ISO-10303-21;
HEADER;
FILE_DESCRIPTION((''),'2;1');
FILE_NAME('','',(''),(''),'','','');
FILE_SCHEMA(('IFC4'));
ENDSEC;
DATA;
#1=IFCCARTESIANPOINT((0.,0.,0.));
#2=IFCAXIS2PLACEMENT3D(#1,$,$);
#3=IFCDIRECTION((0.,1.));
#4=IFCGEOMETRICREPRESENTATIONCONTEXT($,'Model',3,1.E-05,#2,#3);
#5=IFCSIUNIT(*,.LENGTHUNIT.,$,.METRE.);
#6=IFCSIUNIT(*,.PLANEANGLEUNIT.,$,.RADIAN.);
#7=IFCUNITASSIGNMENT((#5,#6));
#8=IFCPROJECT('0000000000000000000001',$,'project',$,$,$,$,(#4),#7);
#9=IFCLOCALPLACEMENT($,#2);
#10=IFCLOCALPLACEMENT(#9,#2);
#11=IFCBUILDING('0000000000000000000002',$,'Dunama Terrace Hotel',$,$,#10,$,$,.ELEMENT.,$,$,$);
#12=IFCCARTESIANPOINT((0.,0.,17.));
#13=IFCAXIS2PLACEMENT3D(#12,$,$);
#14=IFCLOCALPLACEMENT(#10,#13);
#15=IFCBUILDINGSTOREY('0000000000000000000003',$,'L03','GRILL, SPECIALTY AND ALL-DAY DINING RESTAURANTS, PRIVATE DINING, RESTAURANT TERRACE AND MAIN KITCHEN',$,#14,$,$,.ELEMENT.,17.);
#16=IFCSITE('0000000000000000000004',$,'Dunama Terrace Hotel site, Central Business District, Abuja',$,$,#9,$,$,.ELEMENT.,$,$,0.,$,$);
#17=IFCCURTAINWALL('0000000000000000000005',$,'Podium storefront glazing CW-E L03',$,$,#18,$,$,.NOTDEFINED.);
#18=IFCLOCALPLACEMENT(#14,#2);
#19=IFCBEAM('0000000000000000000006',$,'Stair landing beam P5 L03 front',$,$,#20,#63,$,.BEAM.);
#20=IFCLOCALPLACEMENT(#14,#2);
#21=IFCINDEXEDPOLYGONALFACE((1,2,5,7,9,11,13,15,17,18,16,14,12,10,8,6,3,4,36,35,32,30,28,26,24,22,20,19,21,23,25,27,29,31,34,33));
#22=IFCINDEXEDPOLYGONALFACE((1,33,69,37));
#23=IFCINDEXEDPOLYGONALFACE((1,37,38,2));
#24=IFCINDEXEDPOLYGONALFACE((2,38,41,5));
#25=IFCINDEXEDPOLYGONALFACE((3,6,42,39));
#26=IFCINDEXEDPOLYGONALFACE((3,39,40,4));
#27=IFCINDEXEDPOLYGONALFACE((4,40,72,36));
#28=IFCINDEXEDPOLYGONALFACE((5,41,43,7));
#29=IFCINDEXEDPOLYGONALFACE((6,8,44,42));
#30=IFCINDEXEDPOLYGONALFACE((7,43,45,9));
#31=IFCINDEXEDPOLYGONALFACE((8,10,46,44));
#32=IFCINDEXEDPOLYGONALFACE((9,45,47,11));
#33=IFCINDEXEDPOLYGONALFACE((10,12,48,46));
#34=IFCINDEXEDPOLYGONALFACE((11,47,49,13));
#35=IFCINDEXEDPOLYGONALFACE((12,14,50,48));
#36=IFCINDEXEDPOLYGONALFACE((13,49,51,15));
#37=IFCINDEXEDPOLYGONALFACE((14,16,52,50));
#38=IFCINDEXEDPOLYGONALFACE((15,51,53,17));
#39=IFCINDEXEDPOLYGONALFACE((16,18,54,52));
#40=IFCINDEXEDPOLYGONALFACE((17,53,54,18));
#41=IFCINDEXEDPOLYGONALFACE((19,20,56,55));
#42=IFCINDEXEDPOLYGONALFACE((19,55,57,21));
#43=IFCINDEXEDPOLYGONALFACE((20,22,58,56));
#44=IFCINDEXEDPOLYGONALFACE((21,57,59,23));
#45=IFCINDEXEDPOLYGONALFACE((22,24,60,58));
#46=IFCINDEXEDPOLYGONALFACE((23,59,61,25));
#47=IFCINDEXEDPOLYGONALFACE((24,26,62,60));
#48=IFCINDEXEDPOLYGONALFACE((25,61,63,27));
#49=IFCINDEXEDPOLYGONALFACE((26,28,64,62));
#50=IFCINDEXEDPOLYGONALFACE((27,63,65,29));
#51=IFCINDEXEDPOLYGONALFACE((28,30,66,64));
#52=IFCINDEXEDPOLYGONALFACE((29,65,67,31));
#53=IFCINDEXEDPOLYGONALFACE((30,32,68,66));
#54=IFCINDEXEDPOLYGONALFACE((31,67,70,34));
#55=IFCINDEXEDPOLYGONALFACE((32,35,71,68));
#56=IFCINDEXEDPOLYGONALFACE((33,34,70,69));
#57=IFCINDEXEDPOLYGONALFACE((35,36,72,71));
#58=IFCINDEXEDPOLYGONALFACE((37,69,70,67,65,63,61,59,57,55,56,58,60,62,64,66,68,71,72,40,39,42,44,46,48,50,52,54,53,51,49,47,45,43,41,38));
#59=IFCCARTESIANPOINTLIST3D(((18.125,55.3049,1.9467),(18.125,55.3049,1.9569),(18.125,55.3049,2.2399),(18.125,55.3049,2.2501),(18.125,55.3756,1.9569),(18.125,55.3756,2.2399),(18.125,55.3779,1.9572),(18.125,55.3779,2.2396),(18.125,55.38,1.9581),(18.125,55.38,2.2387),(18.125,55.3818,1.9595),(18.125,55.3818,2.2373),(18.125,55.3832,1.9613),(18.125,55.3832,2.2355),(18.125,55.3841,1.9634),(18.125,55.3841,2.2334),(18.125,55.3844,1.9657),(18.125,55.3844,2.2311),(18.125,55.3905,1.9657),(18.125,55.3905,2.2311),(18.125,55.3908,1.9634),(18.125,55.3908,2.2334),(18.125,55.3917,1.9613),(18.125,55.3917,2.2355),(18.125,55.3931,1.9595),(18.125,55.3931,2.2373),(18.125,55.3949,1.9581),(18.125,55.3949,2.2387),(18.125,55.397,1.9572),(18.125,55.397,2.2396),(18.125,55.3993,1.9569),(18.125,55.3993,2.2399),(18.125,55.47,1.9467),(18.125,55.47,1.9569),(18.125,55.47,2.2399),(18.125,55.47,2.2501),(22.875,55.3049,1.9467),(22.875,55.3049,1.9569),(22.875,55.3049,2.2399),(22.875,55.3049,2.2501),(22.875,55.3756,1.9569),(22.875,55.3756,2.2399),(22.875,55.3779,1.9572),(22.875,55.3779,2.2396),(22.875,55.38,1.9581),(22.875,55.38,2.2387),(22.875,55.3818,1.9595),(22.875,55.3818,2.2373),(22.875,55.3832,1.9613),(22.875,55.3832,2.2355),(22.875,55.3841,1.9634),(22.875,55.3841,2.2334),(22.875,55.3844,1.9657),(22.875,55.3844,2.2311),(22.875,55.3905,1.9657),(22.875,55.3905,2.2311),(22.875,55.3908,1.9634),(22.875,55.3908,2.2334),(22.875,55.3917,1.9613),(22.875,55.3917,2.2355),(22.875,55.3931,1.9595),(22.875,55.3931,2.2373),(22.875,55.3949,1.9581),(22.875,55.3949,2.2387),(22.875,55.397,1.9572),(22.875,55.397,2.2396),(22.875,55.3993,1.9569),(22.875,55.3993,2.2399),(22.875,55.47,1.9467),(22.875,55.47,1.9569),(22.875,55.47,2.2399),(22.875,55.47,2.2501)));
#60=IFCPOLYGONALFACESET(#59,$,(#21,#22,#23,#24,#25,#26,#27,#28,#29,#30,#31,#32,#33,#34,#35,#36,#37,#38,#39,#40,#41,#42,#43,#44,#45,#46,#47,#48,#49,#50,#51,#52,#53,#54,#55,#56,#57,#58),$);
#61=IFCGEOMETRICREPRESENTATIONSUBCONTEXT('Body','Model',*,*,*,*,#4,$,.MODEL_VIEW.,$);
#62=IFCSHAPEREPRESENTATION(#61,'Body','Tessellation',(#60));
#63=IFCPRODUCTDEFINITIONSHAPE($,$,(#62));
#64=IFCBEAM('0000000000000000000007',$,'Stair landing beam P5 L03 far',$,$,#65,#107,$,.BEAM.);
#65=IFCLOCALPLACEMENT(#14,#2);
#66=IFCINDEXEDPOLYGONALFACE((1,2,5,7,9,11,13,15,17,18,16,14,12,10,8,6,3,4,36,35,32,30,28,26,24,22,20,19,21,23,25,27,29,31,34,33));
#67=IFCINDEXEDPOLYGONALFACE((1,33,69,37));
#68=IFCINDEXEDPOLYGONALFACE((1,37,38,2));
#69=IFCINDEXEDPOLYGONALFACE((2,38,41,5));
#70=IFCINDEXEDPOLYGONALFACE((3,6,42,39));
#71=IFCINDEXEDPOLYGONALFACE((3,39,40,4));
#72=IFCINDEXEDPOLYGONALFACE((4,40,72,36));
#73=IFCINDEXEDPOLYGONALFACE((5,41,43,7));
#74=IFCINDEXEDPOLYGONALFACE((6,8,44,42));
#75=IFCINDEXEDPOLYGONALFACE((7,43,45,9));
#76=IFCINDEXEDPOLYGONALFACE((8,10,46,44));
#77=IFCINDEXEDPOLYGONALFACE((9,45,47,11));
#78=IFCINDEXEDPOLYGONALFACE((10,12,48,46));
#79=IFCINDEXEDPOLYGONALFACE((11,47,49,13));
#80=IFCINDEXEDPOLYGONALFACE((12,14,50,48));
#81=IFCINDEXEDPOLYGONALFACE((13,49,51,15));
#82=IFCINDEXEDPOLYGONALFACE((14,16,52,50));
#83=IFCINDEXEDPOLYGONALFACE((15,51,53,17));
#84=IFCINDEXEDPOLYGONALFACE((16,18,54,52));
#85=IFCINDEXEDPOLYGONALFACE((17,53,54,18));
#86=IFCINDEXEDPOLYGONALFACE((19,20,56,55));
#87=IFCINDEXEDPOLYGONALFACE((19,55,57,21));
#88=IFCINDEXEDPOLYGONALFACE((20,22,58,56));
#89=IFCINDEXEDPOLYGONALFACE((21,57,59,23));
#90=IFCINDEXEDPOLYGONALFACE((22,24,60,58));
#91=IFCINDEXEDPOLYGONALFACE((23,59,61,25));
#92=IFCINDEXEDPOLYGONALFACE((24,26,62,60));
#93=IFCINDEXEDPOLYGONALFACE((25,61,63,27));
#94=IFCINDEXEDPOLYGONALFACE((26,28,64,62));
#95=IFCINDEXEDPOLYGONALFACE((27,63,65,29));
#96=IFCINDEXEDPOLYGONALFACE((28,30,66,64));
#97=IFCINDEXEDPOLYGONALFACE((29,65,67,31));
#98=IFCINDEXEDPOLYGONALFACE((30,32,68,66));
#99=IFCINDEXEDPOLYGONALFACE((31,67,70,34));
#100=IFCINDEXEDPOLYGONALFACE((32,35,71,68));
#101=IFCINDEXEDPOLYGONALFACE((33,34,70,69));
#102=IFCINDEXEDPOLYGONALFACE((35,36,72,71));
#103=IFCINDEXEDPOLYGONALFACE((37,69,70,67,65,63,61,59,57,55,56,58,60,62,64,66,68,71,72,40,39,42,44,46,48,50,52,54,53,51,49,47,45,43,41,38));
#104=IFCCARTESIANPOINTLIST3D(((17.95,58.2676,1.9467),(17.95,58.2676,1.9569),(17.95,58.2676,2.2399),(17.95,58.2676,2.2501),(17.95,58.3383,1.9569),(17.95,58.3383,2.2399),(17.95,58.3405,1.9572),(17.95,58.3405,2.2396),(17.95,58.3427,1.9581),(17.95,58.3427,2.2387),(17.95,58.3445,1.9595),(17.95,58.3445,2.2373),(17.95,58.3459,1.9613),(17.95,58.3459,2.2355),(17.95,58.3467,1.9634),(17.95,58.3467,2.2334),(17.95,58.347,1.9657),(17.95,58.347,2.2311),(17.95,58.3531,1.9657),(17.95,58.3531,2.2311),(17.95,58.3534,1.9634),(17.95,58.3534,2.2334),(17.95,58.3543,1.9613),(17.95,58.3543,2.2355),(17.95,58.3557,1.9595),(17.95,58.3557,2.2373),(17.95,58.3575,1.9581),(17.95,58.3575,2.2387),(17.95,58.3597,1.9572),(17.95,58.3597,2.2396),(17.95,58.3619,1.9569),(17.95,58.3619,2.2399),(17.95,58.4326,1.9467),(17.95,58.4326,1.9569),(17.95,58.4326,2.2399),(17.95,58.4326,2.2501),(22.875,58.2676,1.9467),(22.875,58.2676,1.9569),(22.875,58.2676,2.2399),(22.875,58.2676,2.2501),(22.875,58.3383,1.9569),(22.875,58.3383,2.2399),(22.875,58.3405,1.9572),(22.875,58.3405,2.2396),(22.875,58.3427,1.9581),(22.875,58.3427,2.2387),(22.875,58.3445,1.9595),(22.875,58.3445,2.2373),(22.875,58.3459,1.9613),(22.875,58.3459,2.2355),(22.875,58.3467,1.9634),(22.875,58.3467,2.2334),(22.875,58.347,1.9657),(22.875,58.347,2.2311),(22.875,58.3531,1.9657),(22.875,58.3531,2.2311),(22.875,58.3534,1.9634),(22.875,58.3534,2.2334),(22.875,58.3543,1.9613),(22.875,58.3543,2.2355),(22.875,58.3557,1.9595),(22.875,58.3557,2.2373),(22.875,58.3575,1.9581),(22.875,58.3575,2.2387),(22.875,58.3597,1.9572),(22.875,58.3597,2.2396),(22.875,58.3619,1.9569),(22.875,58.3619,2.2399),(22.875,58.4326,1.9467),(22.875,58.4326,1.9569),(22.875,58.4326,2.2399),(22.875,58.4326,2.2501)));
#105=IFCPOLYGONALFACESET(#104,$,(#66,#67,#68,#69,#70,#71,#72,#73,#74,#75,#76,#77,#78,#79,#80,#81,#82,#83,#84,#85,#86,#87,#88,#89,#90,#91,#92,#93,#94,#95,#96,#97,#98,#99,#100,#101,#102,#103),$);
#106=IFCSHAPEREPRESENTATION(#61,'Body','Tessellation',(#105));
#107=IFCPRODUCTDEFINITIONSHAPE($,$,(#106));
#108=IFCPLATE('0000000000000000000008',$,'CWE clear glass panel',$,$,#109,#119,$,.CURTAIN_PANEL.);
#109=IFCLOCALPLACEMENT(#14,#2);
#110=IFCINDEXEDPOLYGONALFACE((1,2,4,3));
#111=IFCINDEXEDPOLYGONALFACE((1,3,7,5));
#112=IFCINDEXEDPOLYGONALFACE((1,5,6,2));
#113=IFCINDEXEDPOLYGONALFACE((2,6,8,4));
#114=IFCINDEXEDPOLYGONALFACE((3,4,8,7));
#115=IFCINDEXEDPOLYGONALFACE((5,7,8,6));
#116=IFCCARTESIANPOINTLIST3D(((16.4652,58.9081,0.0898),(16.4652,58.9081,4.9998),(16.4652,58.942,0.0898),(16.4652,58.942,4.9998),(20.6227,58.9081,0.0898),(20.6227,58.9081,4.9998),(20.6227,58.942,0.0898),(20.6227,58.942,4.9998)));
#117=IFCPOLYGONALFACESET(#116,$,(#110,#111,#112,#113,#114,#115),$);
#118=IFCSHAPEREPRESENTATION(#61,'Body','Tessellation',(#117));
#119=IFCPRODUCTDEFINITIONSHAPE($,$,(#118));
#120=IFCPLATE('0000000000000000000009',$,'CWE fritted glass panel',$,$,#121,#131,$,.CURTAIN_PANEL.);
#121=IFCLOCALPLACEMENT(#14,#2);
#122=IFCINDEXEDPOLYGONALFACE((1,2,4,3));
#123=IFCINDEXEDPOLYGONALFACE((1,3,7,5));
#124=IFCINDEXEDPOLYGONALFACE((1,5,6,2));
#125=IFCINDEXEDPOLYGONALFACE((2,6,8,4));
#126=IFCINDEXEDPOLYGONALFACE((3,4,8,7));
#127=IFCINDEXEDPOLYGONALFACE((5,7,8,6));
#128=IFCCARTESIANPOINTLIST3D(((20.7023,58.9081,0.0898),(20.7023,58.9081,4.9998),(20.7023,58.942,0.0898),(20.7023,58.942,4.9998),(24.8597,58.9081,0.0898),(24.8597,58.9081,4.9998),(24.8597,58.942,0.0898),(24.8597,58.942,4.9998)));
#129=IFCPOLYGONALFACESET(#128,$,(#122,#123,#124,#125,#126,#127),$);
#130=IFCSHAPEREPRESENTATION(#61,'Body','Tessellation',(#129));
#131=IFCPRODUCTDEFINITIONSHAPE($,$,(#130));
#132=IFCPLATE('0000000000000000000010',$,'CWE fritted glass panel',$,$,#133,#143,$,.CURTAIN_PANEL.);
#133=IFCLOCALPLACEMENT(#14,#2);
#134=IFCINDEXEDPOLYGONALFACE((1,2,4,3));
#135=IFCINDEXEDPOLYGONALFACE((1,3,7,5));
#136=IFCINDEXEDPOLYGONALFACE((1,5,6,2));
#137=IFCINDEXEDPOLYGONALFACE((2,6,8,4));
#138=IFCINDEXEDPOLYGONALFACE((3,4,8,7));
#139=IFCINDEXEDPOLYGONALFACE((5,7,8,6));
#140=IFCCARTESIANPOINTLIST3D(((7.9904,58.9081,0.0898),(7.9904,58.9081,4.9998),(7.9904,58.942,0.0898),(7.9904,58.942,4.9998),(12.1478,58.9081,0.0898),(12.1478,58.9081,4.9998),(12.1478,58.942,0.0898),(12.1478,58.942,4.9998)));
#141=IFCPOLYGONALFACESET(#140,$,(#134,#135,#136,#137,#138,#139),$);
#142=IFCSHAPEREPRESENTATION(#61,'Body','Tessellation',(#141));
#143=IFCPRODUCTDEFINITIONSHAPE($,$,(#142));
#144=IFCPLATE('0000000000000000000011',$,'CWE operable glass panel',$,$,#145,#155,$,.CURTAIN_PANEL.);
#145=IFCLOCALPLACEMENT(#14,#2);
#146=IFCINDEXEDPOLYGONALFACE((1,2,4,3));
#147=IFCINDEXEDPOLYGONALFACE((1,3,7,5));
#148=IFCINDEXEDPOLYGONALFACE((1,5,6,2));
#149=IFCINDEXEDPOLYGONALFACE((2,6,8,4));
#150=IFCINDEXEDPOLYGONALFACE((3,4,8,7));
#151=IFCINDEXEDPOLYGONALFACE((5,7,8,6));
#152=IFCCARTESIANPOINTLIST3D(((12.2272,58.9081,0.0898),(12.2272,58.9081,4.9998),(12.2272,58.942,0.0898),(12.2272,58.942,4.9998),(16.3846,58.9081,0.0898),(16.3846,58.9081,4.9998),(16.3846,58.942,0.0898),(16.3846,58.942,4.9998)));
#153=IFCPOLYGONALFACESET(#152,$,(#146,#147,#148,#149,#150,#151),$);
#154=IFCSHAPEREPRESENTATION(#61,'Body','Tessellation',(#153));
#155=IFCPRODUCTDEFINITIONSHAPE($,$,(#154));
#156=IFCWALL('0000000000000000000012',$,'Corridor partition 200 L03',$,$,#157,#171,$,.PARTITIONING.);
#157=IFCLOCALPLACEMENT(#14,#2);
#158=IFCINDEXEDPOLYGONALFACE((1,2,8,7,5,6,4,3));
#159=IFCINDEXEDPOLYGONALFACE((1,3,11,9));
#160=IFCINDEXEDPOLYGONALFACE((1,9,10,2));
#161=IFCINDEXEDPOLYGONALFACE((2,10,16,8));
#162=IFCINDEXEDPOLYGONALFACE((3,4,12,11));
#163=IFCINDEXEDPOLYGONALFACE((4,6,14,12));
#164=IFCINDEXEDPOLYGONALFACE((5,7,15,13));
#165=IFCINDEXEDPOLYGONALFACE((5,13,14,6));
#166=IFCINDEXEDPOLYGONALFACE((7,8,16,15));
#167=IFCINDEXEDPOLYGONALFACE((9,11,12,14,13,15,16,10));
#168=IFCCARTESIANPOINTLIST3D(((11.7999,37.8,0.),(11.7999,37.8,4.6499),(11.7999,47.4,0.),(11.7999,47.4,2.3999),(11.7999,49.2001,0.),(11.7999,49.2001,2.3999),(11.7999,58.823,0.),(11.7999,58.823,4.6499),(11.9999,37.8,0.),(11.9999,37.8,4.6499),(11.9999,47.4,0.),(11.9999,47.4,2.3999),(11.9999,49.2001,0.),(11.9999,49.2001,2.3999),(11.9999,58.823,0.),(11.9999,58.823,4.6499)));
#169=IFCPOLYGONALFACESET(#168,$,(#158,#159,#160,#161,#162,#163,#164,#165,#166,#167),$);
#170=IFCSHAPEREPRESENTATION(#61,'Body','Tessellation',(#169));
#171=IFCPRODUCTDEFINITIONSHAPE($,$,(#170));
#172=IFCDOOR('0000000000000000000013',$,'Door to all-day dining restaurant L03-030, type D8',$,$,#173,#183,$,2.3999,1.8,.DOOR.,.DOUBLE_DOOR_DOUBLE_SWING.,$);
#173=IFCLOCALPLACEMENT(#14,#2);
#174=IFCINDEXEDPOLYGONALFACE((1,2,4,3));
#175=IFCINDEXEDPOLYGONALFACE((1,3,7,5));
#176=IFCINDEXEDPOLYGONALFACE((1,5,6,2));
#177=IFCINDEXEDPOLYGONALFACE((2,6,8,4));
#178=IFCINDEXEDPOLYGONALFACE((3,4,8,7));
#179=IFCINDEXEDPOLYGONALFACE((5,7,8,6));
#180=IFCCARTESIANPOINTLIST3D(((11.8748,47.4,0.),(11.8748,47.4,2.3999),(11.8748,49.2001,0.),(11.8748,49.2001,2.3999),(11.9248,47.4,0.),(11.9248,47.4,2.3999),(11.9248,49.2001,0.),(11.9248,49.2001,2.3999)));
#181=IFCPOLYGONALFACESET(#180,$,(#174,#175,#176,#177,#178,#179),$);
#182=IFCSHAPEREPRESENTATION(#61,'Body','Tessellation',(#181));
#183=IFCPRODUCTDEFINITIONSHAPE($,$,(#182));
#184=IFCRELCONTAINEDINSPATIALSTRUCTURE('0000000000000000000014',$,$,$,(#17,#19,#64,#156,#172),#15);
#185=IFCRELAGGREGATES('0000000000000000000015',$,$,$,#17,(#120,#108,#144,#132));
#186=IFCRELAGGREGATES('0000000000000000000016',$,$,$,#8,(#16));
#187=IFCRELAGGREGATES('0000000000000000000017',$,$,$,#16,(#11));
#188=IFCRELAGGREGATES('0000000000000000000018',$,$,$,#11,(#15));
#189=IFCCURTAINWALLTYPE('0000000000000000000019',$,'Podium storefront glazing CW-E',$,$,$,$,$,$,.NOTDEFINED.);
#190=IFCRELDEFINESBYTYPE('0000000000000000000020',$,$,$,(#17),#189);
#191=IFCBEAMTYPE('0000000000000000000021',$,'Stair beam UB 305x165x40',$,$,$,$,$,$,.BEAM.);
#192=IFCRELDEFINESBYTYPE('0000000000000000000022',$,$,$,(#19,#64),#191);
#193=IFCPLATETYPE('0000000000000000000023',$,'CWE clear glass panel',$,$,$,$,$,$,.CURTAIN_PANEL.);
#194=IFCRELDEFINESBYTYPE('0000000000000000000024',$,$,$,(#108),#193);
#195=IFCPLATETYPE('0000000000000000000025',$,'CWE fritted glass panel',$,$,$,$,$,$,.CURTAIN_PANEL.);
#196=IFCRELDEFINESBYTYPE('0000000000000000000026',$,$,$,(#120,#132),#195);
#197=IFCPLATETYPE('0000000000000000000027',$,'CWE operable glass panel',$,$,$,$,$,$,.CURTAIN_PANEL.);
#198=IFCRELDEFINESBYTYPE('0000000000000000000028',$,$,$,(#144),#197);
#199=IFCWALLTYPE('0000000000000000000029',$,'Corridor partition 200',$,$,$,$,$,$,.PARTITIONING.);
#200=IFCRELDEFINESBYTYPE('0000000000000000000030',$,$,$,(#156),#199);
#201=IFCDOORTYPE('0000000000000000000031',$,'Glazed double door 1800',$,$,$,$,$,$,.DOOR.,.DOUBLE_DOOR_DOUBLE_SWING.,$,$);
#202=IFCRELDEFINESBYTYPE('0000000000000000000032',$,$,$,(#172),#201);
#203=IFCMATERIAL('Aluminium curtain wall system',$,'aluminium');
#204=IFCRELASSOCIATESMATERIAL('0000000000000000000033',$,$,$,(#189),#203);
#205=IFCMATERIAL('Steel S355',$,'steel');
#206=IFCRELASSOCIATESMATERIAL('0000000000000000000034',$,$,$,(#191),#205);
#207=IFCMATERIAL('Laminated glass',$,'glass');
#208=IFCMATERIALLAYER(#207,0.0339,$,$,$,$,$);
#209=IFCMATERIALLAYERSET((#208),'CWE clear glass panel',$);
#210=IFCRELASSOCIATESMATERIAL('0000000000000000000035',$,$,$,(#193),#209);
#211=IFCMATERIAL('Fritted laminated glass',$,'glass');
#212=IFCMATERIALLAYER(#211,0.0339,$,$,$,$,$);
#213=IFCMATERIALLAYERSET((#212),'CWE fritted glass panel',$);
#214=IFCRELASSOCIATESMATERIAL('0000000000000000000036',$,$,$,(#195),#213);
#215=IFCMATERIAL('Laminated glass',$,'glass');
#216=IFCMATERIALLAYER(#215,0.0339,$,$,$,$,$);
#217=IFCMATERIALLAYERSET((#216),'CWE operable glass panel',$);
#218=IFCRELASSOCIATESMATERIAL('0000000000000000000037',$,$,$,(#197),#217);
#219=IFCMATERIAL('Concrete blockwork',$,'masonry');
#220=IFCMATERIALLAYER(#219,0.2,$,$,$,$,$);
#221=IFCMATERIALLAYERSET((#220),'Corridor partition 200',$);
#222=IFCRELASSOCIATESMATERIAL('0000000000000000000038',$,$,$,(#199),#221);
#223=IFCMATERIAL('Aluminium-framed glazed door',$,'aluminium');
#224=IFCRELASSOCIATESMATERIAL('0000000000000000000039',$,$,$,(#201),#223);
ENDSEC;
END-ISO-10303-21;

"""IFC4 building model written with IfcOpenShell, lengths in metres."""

from ifc_helpers import new_model, si_unit, direction, frame, frame_2d, origin, origin_2d, place, context, subcontext, project, spatial, rectangle, i_section, extrude, material, layer, layer_set, material_profile, profile_set, type_object, element, fill, aggregate, save


model = new_model("IFC4")

# Units and contexts
model_context = context("Model", 3, precision=1e-05, world=origin(), true_north=direction((0.0, 1.0)))
body_context = subcontext(model_context, "Body", "Model", "MODEL_VIEW")
ifc_project = project(units=[si_unit("LENGTHUNIT", "METRE"), si_unit("PLANEANGLEUNIT", "RADIAN")], contexts=[model_context])

# Site, building, storey
site_placement = place(None, origin())
site = spatial("IfcSite", under=ifc_project, at=site_placement, Name="Dunama Terrace Hotel site, Central Business District, Abuja", CompositionType="ELEMENT", RefElevation=0.0)
building_placement = place(site_placement, origin())
building = spatial("IfcBuilding", under=site, at=building_placement, Name="Dunama Terrace Hotel", CompositionType="ELEMENT")
storey_placement = place(building_placement, frame((0.0, 0.0, 17.0)))
storey = spatial("IfcBuildingStorey", under=building, at=storey_placement, Name="L03", Description="GRILL, SPECIALTY AND ALL-DAY DINING RESTAURANTS, PRIVATE DINING, RESTAURANT TERRACE AND MAIN KITCHEN", CompositionType="ELEMENT", Elevation=17.0)

# Curtain wall
ifc_material_1 = material(Name="Aluminium curtain wall system", Category="aluminium")
curtain_wall_type = type_object("IfcCurtainWallType", Name="Podium storefront glazing CW-E", PredefinedType="NOTDEFINED", material=ifc_material_1)
curtain_wall_placement = place(storey_placement, origin())
curtain_wall = element("IfcCurtainWall", 1, at=curtain_wall_placement, inside=storey, type_object=curtain_wall_type, Name="Podium storefront glazing CW-E L03", PredefinedType="NOTDEFINED")

# Beams
ifc_material_2 = material(Name="Steel S355", Category="steel")
ifc_material_profile_1 = material_profile(ifc_material_2, i_section(OverallWidth=0.165, OverallDepth=0.3035, WebThickness=0.0061, FlangeThickness=0.0103, FilletRadius=0.0088, at=origin_2d()), Name="UB 305x165x40")
ifc_profile_set_1 = profile_set([ifc_material_profile_1], Name="Steel S355")
beam_type = type_object("IfcBeamType", Name="Stair beam UB 305x165x40", PredefinedType="BEAM", material=ifc_profile_set_1)
beam_1_placement = place(storey_placement, frame((18.125, 55.3875, 2.0984), z_axis=(1.0, 0.0, 0.0), x_axis=(0.0, 1.0, 0.0)))
element("IfcBeam", 2, at=beam_1_placement, inside=storey, type_object=beam_type, Name="Stair landing beam P5 L03 front", PredefinedType="BEAM", context=body_context, shape_type="SweptSolid", body=[
    extrude(i_section(OverallWidth=0.165, OverallDepth=0.3035, WebThickness=0.0061, FlangeThickness=0.0103, FilletRadius=0.0088, at=origin_2d()), origin(), (0.0, 0.0, 1.0), 4.75),
])
beam_2_placement = place(storey_placement, frame((17.95, 58.3501, 2.0984), z_axis=(1.0, 0.0, 0.0), x_axis=(0.0, 1.0, 0.0)))
element("IfcBeam", 3, at=beam_2_placement, inside=storey, type_object=beam_type, Name="Stair landing beam P5 L03 far", PredefinedType="BEAM", context=body_context, shape_type="SweptSolid", body=[
    extrude(i_section(OverallWidth=0.165, OverallDepth=0.3035, WebThickness=0.0061, FlangeThickness=0.0103, FilletRadius=0.0088, at=origin_2d()), origin(), (0.0, 0.0, 1.0), 4.925),
])

# Plates
ifc_material_3 = material(Name="Laminated glass", Category="glass")
ifc_layer_1 = layer(ifc_material_3, 0.0339)
ifc_layer_set_1 = layer_set([ifc_layer_1], Name="CWE clear glass panel")
plate_type_1 = type_object("IfcPlateType", Name="CWE clear glass panel", PredefinedType="CURTAIN_PANEL", material=ifc_layer_set_1)
plate_1_placement = place(storey_placement, frame((18.5439, 58.925, 0.0898), z_axis=(0.0, 0.0, 1.0), x_axis=(-1.0, 0.0, 0.0)))
plate_1 = element("IfcPlate", 4, at=plate_1_placement, type_object=plate_type_1, Name="CWE clear glass panel", PredefinedType="CURTAIN_PANEL", context=body_context, shape_type="SweptSolid", body=[
    extrude(rectangle(XDim=4.1575, YDim=0.0339, at=origin_2d()), origin(), (0.0, 0.0, 1.0), 4.9099),
])
ifc_material_4 = material(Name="Fritted laminated glass", Category="glass")
ifc_layer_2 = layer(ifc_material_4, 0.0339)
ifc_layer_set_2 = layer_set([ifc_layer_2], Name="CWE fritted glass panel")
plate_type_2 = type_object("IfcPlateType", Name="CWE fritted glass panel", PredefinedType="CURTAIN_PANEL", material=ifc_layer_set_2)
plate_2_placement = place(storey_placement, frame((22.781, 58.925, 0.0898), z_axis=(0.0, 0.0, 1.0), x_axis=(-1.0, 0.0, 0.0)))
plate_2 = element("IfcPlate", 5, at=plate_2_placement, type_object=plate_type_2, Name="CWE fritted glass panel", PredefinedType="CURTAIN_PANEL", context=body_context, shape_type="SweptSolid", body=[
    extrude(rectangle(XDim=4.1575, YDim=0.0339, at=origin_2d()), origin(), (0.0, 0.0, 1.0), 4.9099),
])
plate_3_placement = place(storey_placement, frame((10.0691, 58.925, 0.0898), z_axis=(0.0, 0.0, 1.0), x_axis=(-1.0, 0.0, 0.0)))
plate_3 = element("IfcPlate", 6, at=plate_3_placement, type_object=plate_type_2, Name="CWE fritted glass panel", PredefinedType="CURTAIN_PANEL", context=body_context, shape_type="SweptSolid", body=[
    extrude(rectangle(XDim=4.1575, YDim=0.0339, at=origin_2d()), origin(), (0.0, 0.0, 1.0), 4.9099),
])
ifc_material_5 = material(Name="Laminated glass", Category="glass")
ifc_layer_3 = layer(ifc_material_5, 0.0339)
ifc_layer_set_3 = layer_set([ifc_layer_3], Name="CWE operable glass panel")
plate_type_3 = type_object("IfcPlateType", Name="CWE operable glass panel", PredefinedType="CURTAIN_PANEL", material=ifc_layer_set_3)
plate_4_placement = place(storey_placement, frame((14.3059, 58.925, 0.0898), z_axis=(0.0, 0.0, 1.0), x_axis=(-1.0, 0.0, 0.0)))
plate_4 = element("IfcPlate", 7, at=plate_4_placement, type_object=plate_type_3, Name="CWE operable glass panel", PredefinedType="CURTAIN_PANEL", context=body_context, shape_type="SweptSolid", body=[
    extrude(rectangle(XDim=4.1575, YDim=0.0339, at=origin_2d()), origin(), (0.0, 0.0, 1.0), 4.9099),
])
aggregate(curtain_wall, [plate_2, plate_1, plate_4, plate_3])

# Wall, opening, door
ifc_material_6 = material(Name="Concrete blockwork", Category="masonry")
ifc_layer_4 = layer(ifc_material_6, 0.2)
ifc_layer_set_4 = layer_set([ifc_layer_4], Name="Corridor partition 200")
wall_type = type_object("IfcWallType", Name="Corridor partition 200", PredefinedType="PARTITIONING", material=ifc_layer_set_4)
wall_placement = place(storey_placement, frame((11.8999, 58.823, 0.0), z_axis=(0.0, 0.0, 1.0), x_axis=(0.0, -1.0, 0.0)))
wall = element("IfcWall", 8, at=wall_placement, inside=storey, type_object=wall_type, Name="Corridor partition 200 L03", PredefinedType="PARTITIONING", context=body_context, shape_type="SweptSolid", body=[
    extrude(rectangle(XDim=21.0229, YDim=0.2, at=frame_2d((10.5115, 0.0))), origin(), (0.0, 0.0, 1.0), 4.6499),
])
opening_placement = place(wall_placement, frame((9.623, 0.0, 0.0)))
opening = element("IfcOpeningElement", 9, at=opening_placement, cuts=wall, PredefinedType="OPENING", context=body_context, shape_type="SweptSolid", body=[
    extrude(rectangle(XDim=1.8, YDim=2.3999, at=frame_2d((0.8999, 1.2))), frame((0.0, 0.1099, 0.0), z_axis=(0.0, -1.0, 0.0), x_axis=(1.0, 0.0, 0.0)), (0.0, 0.0, 1.0), 0.22),
])
ifc_material_7 = material(Name="Aluminium-framed glazed door", Category="aluminium")
door_type = type_object("IfcDoorType", Name="Glazed double door 1800", OperationType="DOUBLE_DOOR_DOUBLE_SWING", PredefinedType="DOOR", material=ifc_material_7)
door_placement = place(opening_placement, origin())
door = element("IfcDoor", 10, at=door_placement, inside=storey, type_object=door_type, Name="Door to all-day dining restaurant L03-030, type D8", OperationType="DOUBLE_DOOR_DOUBLE_SWING", OverallHeight=2.3999, OverallWidth=1.8, PredefinedType="DOOR", context=body_context, shape_type="SweptSolid", body=[
    extrude(rectangle(XDim=1.8, YDim=2.3999, at=frame_2d((0.8999, 1.2))), frame((0.0, 0.0249, 0.0), z_axis=(0.0, -1.0, 0.0), x_axis=(1.0, 0.0, 0.0)), (0.0, 0.0, 1.0), 0.05),
])
fill(opening, door)

save(model, "model.ifc")
